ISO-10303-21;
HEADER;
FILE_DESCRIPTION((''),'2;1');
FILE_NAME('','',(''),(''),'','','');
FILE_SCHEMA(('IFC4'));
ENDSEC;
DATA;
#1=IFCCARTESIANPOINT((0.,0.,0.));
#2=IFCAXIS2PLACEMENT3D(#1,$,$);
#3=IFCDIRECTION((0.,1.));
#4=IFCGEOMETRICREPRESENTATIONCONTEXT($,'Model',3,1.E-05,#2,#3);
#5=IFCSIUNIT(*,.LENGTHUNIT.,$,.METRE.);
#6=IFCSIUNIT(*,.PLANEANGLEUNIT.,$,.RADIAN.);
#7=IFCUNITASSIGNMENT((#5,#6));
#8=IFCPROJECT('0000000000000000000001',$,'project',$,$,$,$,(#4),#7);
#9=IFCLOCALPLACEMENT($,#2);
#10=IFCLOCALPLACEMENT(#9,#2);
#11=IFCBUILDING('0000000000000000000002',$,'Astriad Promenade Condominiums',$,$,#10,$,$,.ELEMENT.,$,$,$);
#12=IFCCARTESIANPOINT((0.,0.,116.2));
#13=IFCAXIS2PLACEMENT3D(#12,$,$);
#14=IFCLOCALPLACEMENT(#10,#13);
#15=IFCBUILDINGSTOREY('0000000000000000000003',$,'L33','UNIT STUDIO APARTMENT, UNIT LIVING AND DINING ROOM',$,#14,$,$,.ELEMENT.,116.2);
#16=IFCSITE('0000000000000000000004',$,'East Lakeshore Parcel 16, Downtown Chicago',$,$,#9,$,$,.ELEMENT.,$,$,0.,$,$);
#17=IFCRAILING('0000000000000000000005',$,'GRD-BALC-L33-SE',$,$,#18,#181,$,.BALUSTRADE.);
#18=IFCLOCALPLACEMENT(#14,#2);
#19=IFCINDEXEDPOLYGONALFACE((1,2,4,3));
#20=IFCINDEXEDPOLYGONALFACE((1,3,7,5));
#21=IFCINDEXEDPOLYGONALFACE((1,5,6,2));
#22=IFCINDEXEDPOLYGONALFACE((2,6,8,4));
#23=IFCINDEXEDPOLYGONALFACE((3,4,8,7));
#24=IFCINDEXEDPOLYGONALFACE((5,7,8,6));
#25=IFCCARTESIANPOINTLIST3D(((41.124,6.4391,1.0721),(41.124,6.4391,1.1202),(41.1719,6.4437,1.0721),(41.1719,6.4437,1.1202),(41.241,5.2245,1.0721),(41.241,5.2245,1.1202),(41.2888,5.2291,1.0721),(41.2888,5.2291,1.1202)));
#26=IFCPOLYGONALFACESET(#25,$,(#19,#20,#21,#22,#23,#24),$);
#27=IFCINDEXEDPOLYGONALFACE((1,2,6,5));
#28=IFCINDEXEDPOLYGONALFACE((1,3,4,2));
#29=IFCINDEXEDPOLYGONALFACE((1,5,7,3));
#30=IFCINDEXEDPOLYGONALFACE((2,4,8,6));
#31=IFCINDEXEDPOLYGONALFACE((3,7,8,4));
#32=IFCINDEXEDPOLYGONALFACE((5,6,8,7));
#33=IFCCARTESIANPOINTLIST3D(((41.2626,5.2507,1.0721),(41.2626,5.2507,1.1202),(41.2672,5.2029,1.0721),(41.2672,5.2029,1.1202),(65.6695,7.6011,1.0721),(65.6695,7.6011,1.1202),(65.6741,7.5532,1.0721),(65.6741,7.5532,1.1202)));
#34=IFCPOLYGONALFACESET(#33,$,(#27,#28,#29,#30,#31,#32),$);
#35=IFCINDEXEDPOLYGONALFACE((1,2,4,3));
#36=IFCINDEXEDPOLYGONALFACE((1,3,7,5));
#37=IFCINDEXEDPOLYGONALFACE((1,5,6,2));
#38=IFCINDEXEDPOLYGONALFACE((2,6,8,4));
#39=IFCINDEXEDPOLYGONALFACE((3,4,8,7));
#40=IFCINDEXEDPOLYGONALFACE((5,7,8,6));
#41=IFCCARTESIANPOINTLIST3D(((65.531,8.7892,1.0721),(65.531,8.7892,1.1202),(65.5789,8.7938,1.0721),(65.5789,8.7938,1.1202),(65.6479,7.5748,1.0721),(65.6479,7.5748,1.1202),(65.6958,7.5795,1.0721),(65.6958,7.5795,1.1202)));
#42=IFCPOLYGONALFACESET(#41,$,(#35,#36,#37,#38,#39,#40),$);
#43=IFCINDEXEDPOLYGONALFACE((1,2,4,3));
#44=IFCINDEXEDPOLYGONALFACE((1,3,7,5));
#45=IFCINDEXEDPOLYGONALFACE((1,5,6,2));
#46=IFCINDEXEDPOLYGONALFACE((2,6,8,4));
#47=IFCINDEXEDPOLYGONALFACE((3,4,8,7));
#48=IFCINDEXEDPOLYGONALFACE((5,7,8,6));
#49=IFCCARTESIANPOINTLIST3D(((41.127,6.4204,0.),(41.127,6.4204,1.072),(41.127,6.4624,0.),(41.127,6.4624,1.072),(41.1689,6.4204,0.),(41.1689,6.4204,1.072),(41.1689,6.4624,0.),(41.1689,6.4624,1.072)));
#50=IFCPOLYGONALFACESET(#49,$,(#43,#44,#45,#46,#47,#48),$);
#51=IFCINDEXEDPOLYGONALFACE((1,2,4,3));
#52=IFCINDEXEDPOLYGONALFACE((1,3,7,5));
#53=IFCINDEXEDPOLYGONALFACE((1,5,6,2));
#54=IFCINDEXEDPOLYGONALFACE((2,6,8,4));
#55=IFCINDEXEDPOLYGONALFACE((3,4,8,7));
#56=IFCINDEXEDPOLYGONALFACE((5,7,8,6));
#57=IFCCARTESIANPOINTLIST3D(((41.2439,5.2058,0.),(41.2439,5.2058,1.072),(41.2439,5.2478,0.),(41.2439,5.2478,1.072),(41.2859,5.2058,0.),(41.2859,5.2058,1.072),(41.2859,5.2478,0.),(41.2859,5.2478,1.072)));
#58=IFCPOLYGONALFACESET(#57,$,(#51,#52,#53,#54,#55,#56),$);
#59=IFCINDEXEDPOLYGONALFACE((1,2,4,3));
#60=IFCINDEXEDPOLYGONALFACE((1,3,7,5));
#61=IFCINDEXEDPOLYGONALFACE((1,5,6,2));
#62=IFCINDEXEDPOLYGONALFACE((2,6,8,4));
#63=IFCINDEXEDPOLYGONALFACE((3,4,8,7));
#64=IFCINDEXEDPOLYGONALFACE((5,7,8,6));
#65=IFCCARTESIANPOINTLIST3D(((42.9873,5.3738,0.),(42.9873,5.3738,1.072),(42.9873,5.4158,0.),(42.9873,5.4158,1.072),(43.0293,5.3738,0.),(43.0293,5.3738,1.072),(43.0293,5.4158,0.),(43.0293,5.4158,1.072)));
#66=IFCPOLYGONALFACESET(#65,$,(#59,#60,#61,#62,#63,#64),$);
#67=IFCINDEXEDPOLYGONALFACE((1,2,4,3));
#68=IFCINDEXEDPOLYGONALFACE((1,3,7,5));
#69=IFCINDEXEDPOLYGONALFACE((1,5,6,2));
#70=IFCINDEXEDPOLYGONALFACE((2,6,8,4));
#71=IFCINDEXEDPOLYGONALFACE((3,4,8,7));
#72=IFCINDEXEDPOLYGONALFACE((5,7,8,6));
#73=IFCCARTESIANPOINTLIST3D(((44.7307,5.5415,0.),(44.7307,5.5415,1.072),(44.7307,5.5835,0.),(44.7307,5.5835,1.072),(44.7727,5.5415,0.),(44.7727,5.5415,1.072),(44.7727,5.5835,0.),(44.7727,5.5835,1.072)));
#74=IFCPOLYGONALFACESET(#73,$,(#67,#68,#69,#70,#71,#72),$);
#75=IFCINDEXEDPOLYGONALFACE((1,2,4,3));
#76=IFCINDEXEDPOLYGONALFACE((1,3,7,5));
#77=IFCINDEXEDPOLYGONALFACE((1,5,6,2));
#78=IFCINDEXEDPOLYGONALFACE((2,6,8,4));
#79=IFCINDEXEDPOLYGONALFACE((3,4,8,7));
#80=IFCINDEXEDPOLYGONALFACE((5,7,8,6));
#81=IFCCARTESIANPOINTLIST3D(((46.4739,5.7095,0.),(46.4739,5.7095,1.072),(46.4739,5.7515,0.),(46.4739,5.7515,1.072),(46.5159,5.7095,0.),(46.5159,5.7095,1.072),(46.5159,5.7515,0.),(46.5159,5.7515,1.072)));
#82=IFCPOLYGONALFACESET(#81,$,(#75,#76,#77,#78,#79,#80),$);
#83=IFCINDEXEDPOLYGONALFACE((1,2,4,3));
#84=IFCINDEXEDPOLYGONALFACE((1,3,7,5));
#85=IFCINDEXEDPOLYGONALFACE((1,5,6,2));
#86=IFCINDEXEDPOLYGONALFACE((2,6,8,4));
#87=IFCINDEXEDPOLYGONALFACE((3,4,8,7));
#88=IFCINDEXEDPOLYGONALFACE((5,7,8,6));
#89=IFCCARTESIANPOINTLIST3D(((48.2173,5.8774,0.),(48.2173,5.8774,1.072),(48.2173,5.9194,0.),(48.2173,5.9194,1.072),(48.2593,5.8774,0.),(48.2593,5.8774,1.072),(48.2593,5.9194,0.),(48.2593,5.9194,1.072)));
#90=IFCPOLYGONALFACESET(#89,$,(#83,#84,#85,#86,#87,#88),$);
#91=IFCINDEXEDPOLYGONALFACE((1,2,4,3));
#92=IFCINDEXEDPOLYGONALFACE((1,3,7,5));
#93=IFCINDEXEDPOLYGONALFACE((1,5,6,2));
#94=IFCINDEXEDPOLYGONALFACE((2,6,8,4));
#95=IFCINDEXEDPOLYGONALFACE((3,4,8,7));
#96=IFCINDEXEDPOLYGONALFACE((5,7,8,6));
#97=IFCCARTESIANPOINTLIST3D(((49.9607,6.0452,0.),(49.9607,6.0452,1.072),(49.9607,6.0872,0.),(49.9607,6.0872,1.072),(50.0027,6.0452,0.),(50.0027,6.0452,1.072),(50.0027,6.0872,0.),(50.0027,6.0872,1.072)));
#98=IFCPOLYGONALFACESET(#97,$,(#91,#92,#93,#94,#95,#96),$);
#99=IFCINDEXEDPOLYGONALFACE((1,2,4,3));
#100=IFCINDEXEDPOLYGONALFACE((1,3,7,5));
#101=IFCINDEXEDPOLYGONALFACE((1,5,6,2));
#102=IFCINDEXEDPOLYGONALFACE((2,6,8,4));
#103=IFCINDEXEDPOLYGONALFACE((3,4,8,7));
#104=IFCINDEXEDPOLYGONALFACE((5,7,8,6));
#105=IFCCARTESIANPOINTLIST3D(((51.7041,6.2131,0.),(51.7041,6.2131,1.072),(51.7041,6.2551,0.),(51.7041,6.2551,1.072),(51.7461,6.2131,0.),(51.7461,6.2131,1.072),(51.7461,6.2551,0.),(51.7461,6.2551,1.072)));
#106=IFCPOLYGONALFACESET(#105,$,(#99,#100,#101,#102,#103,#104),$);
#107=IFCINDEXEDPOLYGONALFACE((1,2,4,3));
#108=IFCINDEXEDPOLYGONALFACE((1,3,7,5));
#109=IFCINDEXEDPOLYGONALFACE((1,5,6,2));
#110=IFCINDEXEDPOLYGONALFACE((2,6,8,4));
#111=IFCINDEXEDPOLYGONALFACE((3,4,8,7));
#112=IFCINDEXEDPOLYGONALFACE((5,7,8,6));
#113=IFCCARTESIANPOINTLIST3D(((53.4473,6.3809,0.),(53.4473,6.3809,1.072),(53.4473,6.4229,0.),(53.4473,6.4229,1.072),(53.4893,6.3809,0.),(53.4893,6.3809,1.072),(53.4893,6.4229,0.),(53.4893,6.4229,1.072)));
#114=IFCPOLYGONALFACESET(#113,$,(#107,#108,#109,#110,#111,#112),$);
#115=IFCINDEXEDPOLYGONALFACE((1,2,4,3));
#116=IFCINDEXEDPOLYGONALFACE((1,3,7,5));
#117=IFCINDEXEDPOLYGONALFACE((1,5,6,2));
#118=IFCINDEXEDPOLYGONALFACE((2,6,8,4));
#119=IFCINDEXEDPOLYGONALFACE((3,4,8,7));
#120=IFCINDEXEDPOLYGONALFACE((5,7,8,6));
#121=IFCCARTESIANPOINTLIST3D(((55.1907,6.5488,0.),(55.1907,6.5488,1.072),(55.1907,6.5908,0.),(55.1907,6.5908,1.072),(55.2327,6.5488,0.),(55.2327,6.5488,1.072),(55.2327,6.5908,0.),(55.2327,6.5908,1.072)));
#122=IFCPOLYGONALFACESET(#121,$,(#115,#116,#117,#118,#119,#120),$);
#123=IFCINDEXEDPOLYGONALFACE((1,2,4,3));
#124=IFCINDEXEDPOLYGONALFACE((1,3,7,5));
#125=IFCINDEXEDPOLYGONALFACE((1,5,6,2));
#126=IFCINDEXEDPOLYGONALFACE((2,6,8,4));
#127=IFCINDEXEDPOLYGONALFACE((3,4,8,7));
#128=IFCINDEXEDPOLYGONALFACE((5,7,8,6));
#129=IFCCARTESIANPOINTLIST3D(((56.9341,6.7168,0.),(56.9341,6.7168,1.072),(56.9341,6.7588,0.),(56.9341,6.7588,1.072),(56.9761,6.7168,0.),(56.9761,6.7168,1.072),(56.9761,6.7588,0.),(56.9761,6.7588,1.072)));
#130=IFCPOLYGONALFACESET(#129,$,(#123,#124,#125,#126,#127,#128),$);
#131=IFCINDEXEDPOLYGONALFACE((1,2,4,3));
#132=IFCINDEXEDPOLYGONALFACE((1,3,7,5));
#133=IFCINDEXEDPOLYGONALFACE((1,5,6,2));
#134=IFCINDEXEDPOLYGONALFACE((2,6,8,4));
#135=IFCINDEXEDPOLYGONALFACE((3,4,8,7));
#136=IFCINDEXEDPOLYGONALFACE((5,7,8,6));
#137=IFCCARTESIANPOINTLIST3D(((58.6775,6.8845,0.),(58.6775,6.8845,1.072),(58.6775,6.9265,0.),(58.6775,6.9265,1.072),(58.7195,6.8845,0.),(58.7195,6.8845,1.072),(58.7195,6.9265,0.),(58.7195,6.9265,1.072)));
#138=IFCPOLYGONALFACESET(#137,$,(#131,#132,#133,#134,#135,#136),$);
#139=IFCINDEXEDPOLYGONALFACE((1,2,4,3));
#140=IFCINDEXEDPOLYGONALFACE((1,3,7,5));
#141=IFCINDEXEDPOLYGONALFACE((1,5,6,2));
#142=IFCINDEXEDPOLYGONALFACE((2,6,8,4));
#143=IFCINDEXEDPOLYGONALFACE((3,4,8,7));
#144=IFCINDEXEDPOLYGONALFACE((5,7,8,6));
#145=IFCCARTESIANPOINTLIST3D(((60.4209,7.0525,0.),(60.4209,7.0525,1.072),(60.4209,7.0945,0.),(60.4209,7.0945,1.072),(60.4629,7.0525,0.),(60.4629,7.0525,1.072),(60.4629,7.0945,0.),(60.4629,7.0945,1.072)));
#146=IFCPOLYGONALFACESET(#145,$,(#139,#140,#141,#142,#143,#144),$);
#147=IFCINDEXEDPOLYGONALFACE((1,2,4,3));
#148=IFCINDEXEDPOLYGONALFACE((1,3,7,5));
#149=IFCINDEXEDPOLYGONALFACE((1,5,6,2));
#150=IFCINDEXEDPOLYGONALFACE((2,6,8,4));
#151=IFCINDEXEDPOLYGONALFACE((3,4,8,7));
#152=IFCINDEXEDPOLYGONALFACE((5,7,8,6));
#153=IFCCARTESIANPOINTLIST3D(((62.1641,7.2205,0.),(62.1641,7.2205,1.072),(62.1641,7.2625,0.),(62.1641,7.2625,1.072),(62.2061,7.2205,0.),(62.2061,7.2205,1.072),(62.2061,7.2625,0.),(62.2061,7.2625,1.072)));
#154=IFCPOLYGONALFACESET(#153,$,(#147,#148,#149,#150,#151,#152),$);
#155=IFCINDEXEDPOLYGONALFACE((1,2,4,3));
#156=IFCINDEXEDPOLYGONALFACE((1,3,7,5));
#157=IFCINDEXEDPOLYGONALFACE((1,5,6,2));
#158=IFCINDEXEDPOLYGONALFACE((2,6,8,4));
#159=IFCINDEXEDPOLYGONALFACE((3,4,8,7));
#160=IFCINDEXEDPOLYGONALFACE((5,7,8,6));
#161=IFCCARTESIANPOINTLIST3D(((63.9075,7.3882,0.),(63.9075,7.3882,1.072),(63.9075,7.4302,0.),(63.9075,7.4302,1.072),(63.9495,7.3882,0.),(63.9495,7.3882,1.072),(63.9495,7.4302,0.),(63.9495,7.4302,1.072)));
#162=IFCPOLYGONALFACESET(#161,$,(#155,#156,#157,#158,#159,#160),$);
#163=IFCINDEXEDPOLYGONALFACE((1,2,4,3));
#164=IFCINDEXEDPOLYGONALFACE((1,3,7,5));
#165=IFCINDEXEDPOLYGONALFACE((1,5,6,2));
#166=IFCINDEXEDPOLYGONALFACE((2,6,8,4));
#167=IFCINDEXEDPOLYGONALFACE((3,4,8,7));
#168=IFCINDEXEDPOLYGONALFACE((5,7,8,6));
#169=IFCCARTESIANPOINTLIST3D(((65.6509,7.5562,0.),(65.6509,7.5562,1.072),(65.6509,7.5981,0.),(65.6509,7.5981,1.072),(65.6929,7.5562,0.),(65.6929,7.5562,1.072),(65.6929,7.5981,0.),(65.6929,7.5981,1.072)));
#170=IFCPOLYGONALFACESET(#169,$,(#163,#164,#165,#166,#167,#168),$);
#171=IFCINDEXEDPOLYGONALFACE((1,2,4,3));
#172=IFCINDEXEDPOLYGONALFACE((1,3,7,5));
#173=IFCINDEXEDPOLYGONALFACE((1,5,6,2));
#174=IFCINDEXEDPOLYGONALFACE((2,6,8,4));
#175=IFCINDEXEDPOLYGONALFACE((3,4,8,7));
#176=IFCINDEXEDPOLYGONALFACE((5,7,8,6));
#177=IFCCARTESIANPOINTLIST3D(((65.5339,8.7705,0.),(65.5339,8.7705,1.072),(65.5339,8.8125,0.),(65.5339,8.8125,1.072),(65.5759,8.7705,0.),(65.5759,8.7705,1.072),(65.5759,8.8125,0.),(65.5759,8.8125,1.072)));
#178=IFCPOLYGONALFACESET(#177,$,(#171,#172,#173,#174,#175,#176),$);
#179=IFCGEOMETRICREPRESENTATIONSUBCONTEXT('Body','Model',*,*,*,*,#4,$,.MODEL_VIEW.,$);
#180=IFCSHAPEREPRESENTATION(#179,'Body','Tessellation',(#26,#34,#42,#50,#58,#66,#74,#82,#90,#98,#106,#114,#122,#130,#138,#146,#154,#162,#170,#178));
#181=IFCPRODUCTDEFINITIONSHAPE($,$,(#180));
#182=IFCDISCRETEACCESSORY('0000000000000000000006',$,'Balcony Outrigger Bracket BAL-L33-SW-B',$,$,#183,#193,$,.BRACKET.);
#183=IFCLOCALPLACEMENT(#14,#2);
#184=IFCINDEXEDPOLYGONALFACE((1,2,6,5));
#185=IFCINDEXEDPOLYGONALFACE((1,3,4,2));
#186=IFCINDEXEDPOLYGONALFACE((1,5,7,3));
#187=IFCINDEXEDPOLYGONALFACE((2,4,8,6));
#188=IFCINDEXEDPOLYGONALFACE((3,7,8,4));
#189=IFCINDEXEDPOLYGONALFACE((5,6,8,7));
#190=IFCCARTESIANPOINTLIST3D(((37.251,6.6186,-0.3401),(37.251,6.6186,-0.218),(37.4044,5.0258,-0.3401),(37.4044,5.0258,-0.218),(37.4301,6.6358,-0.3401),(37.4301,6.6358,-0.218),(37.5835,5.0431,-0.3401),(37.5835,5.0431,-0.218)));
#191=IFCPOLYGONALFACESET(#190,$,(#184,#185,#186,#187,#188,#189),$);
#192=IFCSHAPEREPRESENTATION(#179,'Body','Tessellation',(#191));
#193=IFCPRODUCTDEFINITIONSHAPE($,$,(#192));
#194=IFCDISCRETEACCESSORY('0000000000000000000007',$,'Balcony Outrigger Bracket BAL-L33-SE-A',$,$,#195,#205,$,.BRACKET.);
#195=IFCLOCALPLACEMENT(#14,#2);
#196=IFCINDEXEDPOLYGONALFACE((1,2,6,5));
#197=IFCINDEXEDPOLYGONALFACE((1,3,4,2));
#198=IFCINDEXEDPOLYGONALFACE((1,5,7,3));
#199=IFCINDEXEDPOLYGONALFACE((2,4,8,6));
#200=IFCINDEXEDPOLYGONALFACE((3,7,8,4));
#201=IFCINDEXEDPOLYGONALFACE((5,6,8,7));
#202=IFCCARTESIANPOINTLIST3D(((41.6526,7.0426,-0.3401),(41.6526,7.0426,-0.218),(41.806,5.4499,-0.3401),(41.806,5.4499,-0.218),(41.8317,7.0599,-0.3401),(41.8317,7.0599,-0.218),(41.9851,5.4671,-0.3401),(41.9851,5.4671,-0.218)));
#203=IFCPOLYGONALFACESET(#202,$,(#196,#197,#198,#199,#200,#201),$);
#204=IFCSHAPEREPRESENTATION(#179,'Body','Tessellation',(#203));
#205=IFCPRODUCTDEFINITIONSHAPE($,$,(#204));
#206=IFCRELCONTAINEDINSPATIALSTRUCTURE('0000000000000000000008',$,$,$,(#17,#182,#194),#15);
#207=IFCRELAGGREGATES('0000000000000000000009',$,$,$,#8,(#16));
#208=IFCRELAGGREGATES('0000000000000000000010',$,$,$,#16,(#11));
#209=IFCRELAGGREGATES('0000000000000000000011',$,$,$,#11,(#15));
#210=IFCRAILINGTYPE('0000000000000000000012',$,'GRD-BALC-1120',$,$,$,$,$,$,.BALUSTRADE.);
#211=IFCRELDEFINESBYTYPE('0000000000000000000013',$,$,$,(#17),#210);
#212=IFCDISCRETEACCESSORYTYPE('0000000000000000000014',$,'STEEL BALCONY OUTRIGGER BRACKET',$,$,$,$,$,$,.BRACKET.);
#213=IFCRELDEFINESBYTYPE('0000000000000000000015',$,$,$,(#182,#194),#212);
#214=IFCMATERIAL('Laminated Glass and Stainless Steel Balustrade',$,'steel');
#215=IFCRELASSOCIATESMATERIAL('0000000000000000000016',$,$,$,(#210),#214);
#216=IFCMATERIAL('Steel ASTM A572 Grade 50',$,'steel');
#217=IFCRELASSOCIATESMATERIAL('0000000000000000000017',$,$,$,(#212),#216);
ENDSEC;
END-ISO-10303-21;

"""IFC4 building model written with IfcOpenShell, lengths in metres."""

from ifc_helpers import new_model, si_unit, direction, frame, origin, origin_2d, place, context, subcontext, project, spatial, rectangle, extrude, source, transform, mapped, material, type_object, type_shapes, element, save


model = new_model("IFC4")

# Units and contexts
model_context = context("Model", 3, precision=1e-05, world=origin(), true_north=direction((0.0, 1.0)))
body_context = subcontext(model_context, "Body", "Model", "MODEL_VIEW")
ifc_project = project(units=[si_unit("LENGTHUNIT", "METRE"), si_unit("PLANEANGLEUNIT", "RADIAN")], contexts=[model_context])

# Site, building, storey
site_placement = place(None, origin())
site = spatial("IfcSite", under=ifc_project, at=site_placement, Name="East Lakeshore Parcel 16, Downtown Chicago", CompositionType="ELEMENT", RefElevation=0.0)
building_placement = place(site_placement, origin())
building = spatial("IfcBuilding", under=site, at=building_placement, Name="Astriad Promenade Condominiums", CompositionType="ELEMENT")
storey_placement = place(building_placement, frame((0.0, 0.0, 116.2)))
storey = spatial("IfcBuildingStorey", under=building, at=storey_placement, Name="L33", Description="UNIT STUDIO APARTMENT, UNIT LIVING AND DINING ROOM", CompositionType="ELEMENT", Elevation=116.2)

# Railing
ifc_material_1 = material(Name="Laminated Glass and Stainless Steel Balustrade", Category="steel")
railing_type = type_object("IfcRailingType", Name="GRD-BALC-1120", PredefinedType="BALUSTRADE", material=ifc_material_1)
shared_shape_1 = source(origin(), body_context, "Body", "SweptSolid", [
    extrude(rectangle(XDim=0.0481, YDim=0.0481, at=origin_2d()), frame((0.0, 0.0, 1.0962), z_axis=(0.095838, -0.995397, 0.0), x_axis=(0.995397, 0.095838, 0.0)), (0.0, 0.0, 1.0), 1.2202),
    extrude(rectangle(XDim=0.0481, YDim=0.0481, at=origin_2d()), frame((0.1169, -1.2146, 1.0962), z_axis=(0.995395, 0.095855, 0.0), x_axis=(-0.095855, 0.995395, 0.0)), (0.0, 0.0, 1.0), 24.5198),
    extrude(rectangle(XDim=0.0481, YDim=0.0481, at=origin_2d()), frame((24.5239, 1.1357, 1.0962), z_axis=(-0.095857, 0.995395, 0.0), x_axis=(-0.995395, -0.095857, 0.0)), (0.0, 0.0, 1.0), 1.22),
    extrude(rectangle(XDim=0.042, YDim=0.042, at=origin_2d()), origin(), (0.0, 0.0, 1.0), 1.072),
    extrude(rectangle(XDim=0.042, YDim=0.042, at=origin_2d()), frame((0.1169, -1.2146, 0.0)), (0.0, 0.0, 1.0), 1.072),
    extrude(rectangle(XDim=0.042, YDim=0.042, at=origin_2d()), frame((1.8604, -1.0466, 0.0)), (0.0, 0.0, 1.0), 1.072),
    extrude(rectangle(XDim=0.042, YDim=0.042, at=origin_2d()), frame((3.6038, -0.8789, 0.0)), (0.0, 0.0, 1.0), 1.072),
    extrude(rectangle(XDim=0.042, YDim=0.042, at=origin_2d()), frame((5.3469, -0.7109, 0.0)), (0.0, 0.0, 1.0), 1.072),
    extrude(rectangle(XDim=0.042, YDim=0.042, at=origin_2d()), frame((7.0903, -0.543, 0.0)), (0.0, 0.0, 1.0), 1.072),
    extrude(rectangle(XDim=0.042, YDim=0.042, at=origin_2d()), frame((8.8337, -0.3752, 0.0)), (0.0, 0.0, 1.0), 1.072),
    extrude(rectangle(XDim=0.042, YDim=0.042, at=origin_2d()), frame((10.5771, -0.2073, 0.0)), (0.0, 0.0, 1.0), 1.072),
    extrude(rectangle(XDim=0.042, YDim=0.042, at=origin_2d()), frame((12.3203, -0.0396, 0.0)), (0.0, 0.0, 1.0), 1.072),
    extrude(rectangle(XDim=0.042, YDim=0.042, at=origin_2d()), frame((14.0637, 0.1284, 0.0)), (0.0, 0.0, 1.0), 1.072),
    extrude(rectangle(XDim=0.042, YDim=0.042, at=origin_2d()), frame((15.8071, 0.2964, 0.0)), (0.0, 0.0, 1.0), 1.072),
    extrude(rectangle(XDim=0.042, YDim=0.042, at=origin_2d()), frame((17.5505, 0.4641, 0.0)), (0.0, 0.0, 1.0), 1.072),
    extrude(rectangle(XDim=0.042, YDim=0.042, at=origin_2d()), frame((19.2939, 0.6321, 0.0)), (0.0, 0.0, 1.0), 1.072),
    extrude(rectangle(XDim=0.042, YDim=0.042, at=origin_2d()), frame((21.0371, 0.8, 0.0)), (0.0, 0.0, 1.0), 1.072),
    extrude(rectangle(XDim=0.042, YDim=0.042, at=origin_2d()), frame((22.7805, 0.9678, 0.0)), (0.0, 0.0, 1.0), 1.072),
    extrude(rectangle(XDim=0.042, YDim=0.042, at=origin_2d()), frame((24.5239, 1.1357, 0.0)), (0.0, 0.0, 1.0), 1.072),
    extrude(rectangle(XDim=0.042, YDim=0.042, at=origin_2d()), frame((24.407, 2.3501, 0.0)), (0.0, 0.0, 1.0), 1.072),
])
type_shapes(railing_type, [shared_shape_1])
railing_placement = place(storey_placement, frame((41.1479, 6.4414, 0.0)))
element("IfcRailing", 1, at=railing_placement, inside=storey, type_object=railing_type, Name="GRD-BALC-L33-SE", PredefinedType="BALUSTRADE", context=body_context, shape_type="MappedRepresentation", body=[
    mapped(shared_shape_1, transform((0.0, 0.0, 0.0), scale=1.0)),
])

# Discrete accessories
ifc_material_2 = material(Name="Steel ASTM A572 Grade 50", Category="steel")
discrete_accessory_type = type_object("IfcDiscreteAccessoryType", Name="STEEL BALCONY OUTRIGGER BRACKET", PredefinedType="BRACKET", material=ifc_material_2)
shared_shape_2 = source(origin(), body_context, "Body", "SweptSolid", [
    extrude(rectangle(XDim=1.6001, YDim=0.1799, at=origin_2d()), origin(), (0.0, 0.0, 1.0), 0.1221),
])
type_shapes(discrete_accessory_type, [shared_shape_2])
for number, where, z_axis, x_axis, name in (
    (2, (37.4172, 5.8308, -0.3401), (0.0, 0.0, 1.0), (0.095846, -0.995396, 0.0), "Balcony Outrigger Bracket BAL-L33-SW-B"),
    (3, (41.8188, 6.2549, -0.3401), (0.0, 0.0, 1.0), (0.095846, -0.995396, 0.0), "Balcony Outrigger Bracket BAL-L33-SE-A"),
):
    element("IfcDiscreteAccessory", number, at=place(storey_placement, frame(where, z_axis=z_axis, x_axis=x_axis)), inside=storey, type_object=discrete_accessory_type, Name=name, PredefinedType="BRACKET", context=body_context, shape_type="MappedRepresentation", body=[
        mapped(shared_shape_2, transform((0.0, 0.0, 0.0), scale=1.0)),
    ])

save(model, "model.ifc")
